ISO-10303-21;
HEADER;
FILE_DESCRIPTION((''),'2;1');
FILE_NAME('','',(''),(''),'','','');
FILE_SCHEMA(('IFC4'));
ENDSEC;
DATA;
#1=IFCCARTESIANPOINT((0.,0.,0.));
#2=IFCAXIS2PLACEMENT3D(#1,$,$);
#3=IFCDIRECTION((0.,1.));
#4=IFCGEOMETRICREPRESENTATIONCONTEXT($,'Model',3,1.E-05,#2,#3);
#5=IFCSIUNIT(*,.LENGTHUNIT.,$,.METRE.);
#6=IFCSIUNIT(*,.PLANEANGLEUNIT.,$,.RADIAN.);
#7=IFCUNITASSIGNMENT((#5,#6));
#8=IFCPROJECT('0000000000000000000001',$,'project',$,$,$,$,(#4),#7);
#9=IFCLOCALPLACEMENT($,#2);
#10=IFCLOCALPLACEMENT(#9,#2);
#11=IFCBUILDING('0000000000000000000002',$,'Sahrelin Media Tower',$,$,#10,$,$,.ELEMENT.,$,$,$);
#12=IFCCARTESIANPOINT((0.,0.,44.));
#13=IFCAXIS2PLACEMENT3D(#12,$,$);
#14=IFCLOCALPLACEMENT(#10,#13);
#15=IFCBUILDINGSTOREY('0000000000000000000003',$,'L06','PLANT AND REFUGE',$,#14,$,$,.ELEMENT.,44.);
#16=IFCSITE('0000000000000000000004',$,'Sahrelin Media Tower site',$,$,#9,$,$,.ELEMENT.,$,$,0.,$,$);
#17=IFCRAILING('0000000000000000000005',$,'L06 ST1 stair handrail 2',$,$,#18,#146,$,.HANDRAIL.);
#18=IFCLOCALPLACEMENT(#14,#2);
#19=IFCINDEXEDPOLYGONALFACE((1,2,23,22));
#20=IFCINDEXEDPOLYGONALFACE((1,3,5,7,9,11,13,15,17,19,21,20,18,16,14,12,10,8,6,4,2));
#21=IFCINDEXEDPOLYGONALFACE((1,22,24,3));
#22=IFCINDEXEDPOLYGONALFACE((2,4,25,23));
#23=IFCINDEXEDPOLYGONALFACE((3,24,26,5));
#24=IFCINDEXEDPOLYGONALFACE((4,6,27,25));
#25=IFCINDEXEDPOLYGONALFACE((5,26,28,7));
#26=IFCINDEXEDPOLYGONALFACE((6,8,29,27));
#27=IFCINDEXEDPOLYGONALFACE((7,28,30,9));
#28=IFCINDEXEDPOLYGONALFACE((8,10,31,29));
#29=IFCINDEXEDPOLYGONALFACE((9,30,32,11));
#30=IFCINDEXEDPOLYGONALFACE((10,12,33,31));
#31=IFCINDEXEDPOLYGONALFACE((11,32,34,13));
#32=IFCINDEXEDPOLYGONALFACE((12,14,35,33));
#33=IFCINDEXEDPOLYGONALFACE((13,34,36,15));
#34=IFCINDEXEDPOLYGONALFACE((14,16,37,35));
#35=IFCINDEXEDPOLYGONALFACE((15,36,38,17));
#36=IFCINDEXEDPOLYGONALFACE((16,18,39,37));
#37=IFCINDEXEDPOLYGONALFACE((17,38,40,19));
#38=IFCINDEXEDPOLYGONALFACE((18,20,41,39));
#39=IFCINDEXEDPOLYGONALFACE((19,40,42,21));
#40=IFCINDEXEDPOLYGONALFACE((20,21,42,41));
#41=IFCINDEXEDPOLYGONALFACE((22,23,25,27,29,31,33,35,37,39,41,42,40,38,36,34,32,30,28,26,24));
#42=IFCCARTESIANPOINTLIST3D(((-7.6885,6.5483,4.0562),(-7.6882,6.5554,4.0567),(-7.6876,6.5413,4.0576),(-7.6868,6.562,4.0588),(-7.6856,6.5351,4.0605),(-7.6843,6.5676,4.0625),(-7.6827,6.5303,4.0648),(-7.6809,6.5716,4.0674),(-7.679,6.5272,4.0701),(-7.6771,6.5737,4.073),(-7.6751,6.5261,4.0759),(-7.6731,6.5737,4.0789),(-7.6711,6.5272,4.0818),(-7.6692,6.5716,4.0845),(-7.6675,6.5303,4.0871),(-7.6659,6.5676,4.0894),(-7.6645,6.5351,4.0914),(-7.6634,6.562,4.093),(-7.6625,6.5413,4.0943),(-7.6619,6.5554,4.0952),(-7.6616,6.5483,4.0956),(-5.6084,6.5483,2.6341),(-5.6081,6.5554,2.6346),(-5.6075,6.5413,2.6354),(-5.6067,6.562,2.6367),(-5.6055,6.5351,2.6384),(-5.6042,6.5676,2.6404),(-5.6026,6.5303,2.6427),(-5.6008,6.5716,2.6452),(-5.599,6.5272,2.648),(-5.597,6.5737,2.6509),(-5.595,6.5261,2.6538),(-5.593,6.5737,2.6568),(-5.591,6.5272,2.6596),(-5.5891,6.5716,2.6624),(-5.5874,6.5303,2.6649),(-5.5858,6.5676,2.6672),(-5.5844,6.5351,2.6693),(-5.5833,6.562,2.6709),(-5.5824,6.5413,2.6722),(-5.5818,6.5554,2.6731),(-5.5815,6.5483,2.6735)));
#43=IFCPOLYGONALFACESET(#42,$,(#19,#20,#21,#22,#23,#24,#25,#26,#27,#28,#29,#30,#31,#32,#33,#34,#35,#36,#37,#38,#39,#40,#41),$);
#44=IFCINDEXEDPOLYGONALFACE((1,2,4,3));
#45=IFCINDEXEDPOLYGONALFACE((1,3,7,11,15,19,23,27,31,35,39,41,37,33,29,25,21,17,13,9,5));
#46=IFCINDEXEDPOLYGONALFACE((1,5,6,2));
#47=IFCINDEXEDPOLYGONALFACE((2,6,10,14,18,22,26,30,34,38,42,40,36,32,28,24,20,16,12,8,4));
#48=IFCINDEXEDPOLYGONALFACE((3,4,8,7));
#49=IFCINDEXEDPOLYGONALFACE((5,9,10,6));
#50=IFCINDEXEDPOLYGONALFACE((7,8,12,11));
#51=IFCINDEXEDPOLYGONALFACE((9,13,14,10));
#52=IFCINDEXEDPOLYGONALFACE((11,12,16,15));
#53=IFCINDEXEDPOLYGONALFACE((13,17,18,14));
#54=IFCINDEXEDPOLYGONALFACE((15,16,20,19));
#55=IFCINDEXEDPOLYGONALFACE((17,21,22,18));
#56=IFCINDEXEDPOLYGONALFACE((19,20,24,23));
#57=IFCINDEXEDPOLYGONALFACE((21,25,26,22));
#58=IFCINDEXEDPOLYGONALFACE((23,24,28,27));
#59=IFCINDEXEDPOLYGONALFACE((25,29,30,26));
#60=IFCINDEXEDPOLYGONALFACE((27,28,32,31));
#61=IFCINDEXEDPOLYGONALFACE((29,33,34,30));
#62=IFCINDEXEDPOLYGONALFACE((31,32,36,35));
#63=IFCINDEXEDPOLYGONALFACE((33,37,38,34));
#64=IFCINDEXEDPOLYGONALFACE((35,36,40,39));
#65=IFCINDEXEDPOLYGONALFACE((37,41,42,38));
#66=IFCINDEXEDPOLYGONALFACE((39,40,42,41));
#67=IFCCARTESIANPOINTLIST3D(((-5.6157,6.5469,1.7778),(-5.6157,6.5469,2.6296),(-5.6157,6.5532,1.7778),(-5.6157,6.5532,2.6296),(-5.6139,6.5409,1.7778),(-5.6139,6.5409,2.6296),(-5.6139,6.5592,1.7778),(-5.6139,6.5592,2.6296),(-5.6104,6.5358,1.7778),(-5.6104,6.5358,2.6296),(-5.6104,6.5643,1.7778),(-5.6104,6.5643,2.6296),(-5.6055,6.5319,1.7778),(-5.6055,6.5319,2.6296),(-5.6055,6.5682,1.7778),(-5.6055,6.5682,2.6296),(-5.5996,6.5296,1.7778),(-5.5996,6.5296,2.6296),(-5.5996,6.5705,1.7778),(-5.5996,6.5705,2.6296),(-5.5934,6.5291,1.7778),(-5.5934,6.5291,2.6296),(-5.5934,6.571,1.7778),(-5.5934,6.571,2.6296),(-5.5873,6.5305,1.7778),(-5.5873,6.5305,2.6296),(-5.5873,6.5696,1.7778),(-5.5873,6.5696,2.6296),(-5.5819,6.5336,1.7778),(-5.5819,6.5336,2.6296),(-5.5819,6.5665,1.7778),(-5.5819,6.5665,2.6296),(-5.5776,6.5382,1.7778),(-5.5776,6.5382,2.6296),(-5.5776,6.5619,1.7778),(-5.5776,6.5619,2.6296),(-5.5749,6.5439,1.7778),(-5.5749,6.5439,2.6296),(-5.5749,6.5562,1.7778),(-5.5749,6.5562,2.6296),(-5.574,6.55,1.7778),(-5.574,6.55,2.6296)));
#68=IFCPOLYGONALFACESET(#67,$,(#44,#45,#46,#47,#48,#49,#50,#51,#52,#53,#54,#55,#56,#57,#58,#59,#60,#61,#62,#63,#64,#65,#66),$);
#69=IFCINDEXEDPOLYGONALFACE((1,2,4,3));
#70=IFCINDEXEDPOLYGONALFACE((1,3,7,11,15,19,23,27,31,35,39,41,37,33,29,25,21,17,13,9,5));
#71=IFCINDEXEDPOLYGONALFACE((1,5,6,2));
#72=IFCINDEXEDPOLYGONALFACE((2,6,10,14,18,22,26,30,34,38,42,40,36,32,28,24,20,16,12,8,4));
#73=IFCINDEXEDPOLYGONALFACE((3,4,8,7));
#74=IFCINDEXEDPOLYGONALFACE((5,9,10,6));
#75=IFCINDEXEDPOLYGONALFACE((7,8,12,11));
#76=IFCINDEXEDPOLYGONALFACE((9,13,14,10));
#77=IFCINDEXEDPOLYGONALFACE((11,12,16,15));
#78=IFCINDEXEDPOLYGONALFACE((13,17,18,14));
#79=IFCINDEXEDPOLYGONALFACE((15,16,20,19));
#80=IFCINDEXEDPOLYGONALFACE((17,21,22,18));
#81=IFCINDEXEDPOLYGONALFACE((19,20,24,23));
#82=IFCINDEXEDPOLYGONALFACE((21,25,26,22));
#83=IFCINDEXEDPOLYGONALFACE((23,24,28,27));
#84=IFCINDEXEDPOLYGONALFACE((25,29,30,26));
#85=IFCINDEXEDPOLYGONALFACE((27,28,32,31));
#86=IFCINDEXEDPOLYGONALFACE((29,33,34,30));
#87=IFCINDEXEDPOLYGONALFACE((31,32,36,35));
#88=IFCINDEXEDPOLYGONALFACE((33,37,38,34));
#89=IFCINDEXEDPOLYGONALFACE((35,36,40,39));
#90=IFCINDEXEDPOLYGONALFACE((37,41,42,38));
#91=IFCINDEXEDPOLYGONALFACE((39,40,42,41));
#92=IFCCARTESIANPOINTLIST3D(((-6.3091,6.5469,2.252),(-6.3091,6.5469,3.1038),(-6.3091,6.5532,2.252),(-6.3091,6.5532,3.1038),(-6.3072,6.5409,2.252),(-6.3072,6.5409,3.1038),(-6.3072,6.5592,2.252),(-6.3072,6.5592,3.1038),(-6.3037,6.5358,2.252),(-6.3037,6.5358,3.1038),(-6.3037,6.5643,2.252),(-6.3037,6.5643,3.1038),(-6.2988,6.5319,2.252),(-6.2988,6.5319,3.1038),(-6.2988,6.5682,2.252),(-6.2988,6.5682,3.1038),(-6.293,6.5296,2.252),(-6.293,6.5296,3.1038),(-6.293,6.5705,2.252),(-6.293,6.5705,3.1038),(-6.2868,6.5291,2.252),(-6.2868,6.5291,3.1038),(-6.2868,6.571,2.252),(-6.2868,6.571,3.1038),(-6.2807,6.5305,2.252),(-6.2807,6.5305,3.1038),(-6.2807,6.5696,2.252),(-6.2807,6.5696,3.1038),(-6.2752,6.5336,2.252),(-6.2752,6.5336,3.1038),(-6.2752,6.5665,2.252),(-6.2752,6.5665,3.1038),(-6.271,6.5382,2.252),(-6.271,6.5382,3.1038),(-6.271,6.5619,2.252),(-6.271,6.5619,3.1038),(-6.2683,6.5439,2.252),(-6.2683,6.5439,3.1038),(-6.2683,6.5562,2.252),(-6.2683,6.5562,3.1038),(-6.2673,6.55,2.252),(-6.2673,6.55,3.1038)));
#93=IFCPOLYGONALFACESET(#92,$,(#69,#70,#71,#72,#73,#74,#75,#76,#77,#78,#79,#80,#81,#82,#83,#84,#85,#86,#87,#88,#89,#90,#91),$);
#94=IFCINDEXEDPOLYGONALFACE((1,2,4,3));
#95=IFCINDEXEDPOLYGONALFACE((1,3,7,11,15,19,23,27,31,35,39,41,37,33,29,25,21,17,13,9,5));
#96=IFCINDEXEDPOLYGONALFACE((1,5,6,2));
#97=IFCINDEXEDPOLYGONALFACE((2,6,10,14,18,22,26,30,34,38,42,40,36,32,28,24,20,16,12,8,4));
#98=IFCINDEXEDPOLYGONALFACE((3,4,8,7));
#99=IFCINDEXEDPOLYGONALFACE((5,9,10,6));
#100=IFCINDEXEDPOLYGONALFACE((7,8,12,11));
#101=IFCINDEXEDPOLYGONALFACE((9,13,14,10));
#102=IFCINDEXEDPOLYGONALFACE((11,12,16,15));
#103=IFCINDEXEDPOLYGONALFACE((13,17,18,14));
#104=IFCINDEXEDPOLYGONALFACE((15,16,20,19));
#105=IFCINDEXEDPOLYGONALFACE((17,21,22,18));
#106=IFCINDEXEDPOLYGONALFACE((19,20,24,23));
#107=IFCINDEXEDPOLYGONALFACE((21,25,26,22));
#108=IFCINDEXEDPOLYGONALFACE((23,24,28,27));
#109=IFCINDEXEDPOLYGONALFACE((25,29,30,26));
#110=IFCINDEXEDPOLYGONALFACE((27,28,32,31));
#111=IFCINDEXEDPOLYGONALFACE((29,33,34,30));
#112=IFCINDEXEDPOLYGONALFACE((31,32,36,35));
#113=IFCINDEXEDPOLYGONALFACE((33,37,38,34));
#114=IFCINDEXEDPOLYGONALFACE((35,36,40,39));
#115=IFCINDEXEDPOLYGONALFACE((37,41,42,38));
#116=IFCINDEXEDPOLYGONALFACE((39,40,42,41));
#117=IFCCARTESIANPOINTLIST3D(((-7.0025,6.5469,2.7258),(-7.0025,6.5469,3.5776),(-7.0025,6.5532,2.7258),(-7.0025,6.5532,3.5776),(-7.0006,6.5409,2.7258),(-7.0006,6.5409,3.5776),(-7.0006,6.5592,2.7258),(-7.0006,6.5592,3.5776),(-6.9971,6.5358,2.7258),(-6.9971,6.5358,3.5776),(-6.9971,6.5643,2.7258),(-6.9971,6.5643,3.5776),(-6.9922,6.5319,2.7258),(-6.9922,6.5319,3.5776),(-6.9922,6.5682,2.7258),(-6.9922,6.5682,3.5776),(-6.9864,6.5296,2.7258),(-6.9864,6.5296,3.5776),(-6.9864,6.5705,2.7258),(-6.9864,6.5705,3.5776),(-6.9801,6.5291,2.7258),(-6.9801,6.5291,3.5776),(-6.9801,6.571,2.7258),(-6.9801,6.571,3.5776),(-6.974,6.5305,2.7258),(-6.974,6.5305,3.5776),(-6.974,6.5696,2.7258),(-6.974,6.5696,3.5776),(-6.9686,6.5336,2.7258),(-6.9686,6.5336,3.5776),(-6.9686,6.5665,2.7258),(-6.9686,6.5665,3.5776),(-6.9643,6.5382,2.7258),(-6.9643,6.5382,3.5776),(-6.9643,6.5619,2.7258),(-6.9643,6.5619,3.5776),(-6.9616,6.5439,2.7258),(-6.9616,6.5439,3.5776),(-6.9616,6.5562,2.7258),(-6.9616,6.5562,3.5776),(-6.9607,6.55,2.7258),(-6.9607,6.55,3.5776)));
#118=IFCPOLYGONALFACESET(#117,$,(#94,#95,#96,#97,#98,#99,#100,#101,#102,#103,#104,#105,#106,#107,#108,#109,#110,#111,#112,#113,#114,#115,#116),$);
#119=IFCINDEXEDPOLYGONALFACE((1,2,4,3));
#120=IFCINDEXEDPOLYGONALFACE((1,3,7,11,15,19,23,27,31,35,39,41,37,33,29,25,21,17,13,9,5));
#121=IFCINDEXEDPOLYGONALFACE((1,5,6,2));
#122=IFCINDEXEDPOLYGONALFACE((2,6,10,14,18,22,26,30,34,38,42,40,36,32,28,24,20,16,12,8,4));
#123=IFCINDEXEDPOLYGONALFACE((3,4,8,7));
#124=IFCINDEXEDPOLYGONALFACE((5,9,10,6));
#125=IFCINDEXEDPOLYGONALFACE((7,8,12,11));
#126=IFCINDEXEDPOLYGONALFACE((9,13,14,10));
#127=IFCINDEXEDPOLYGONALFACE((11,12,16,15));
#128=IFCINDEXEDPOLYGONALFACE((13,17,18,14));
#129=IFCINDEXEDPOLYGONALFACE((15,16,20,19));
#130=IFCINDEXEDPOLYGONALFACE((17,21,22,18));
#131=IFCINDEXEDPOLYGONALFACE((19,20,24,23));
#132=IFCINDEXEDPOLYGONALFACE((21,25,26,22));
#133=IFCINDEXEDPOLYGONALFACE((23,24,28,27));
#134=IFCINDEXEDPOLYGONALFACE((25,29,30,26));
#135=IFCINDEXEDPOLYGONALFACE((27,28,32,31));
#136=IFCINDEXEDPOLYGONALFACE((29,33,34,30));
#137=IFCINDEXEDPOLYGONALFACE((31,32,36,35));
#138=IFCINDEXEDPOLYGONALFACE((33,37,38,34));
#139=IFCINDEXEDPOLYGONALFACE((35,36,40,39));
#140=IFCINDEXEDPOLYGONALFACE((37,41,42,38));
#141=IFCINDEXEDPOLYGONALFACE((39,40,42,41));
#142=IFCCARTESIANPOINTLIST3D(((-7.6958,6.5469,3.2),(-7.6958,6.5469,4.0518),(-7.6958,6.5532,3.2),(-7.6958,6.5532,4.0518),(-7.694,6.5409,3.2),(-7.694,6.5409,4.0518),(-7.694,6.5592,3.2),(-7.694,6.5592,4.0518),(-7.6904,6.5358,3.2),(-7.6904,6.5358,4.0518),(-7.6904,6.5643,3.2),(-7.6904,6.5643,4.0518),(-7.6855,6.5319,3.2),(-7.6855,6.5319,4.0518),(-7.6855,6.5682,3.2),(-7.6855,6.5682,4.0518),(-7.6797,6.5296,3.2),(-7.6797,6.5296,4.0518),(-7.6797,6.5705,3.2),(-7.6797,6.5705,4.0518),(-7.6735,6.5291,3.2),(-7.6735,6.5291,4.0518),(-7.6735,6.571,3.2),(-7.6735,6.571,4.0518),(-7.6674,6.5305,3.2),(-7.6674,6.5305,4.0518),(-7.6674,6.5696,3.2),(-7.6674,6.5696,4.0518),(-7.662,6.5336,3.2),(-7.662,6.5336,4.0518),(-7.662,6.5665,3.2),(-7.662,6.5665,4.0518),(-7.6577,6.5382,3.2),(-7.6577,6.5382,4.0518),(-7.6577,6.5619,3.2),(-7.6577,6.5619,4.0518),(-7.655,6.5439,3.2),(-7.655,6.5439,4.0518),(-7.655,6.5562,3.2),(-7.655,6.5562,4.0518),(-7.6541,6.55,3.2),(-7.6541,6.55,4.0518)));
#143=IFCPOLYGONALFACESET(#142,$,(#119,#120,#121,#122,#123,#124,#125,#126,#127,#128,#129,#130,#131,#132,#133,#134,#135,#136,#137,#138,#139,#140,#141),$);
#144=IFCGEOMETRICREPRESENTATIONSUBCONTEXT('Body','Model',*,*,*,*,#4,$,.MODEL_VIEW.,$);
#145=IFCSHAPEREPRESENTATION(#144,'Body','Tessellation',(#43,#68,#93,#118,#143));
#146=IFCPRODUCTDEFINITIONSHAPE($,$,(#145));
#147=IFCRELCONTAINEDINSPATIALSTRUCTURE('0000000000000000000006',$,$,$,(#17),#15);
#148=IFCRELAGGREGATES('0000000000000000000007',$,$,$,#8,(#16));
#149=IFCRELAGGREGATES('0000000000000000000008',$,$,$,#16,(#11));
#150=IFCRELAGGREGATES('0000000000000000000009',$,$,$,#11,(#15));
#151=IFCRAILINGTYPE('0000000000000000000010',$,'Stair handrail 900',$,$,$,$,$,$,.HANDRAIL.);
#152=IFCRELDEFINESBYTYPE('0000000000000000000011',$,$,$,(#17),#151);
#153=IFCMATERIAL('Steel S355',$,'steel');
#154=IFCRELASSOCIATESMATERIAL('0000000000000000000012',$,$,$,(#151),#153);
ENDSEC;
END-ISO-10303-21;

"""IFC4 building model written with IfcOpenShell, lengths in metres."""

from ifc_helpers import new_model, si_unit, direction, frame, origin, origin_2d, place, context, subcontext, project, spatial, circle, extrude, material, type_object, element, save


model = new_model("IFC4")

# Units and contexts
model_context = context("Model", 3, precision=1e-05, world=origin(), true_north=direction((0.0, 1.0)))
body_context = subcontext(model_context, "Body", "Model", "MODEL_VIEW")
ifc_project = project(units=[si_unit("LENGTHUNIT", "METRE"), si_unit("PLANEANGLEUNIT", "RADIAN")], contexts=[model_context])

# Site, building, storey
site_placement = place(None, origin())
site = spatial("IfcSite", under=ifc_project, at=site_placement, Name="Sahrelin Media Tower site", CompositionType="ELEMENT", RefElevation=0.0)
building_placement = place(site_placement, origin())
building = spatial("IfcBuilding", under=site, at=building_placement, Name="Sahrelin Media Tower", CompositionType="ELEMENT")
storey_placement = place(building_placement, frame((0.0, 0.0, 44.0)))
storey = spatial("IfcBuildingStorey", under=building, at=storey_placement, Name="L06", Description="PLANT AND REFUGE", CompositionType="ELEMENT", Elevation=44.0)

# Railing
ifc_material_1 = material(Name="Steel S355", Category="steel")
railing_type_1 = type_object("IfcRailingType", Name="Stair handrail 900", PredefinedType="HANDRAIL", material=ifc_material_1)
railing_1_placement = place(storey_placement, frame((-5.595, 6.55, 1.7778)))
element("IfcRailing", 1, at=railing_1_placement, inside=storey, type_object=railing_type_1, Name="L06 ST1 stair handrail 2", PredefinedType="HANDRAIL", context=body_context, shape_type="SweptSolid", body=[
    extrude(circle(Radius=0.0239, at=origin_2d()), frame((0.0, 0.0, 0.876), z_axis=(-0.825509, 0.0, 0.564389), x_axis=(0.0, -1.0, 0.0)), (0.0, 0.0, 1.0), 2.5198),
    extrude(circle(Radius=0.021, at=origin_2d()), origin(), (0.0, 0.0, 1.0), 0.8518),
    extrude(circle(Radius=0.021, at=origin_2d()), frame((-0.6934, 0.0, 0.4741)), (0.0, 0.0, 1.0), 0.8518),
    extrude(circle(Radius=0.021, at=origin_2d()), frame((-1.3867, 0.0, 0.948)), (0.0, 0.0, 1.0), 0.8518),
    extrude(circle(Radius=0.021, at=origin_2d()), frame((-2.0801, 0.0, 1.4221)), (0.0, 0.0, 1.0), 0.8518),
])

save(model, "model.ifc")
